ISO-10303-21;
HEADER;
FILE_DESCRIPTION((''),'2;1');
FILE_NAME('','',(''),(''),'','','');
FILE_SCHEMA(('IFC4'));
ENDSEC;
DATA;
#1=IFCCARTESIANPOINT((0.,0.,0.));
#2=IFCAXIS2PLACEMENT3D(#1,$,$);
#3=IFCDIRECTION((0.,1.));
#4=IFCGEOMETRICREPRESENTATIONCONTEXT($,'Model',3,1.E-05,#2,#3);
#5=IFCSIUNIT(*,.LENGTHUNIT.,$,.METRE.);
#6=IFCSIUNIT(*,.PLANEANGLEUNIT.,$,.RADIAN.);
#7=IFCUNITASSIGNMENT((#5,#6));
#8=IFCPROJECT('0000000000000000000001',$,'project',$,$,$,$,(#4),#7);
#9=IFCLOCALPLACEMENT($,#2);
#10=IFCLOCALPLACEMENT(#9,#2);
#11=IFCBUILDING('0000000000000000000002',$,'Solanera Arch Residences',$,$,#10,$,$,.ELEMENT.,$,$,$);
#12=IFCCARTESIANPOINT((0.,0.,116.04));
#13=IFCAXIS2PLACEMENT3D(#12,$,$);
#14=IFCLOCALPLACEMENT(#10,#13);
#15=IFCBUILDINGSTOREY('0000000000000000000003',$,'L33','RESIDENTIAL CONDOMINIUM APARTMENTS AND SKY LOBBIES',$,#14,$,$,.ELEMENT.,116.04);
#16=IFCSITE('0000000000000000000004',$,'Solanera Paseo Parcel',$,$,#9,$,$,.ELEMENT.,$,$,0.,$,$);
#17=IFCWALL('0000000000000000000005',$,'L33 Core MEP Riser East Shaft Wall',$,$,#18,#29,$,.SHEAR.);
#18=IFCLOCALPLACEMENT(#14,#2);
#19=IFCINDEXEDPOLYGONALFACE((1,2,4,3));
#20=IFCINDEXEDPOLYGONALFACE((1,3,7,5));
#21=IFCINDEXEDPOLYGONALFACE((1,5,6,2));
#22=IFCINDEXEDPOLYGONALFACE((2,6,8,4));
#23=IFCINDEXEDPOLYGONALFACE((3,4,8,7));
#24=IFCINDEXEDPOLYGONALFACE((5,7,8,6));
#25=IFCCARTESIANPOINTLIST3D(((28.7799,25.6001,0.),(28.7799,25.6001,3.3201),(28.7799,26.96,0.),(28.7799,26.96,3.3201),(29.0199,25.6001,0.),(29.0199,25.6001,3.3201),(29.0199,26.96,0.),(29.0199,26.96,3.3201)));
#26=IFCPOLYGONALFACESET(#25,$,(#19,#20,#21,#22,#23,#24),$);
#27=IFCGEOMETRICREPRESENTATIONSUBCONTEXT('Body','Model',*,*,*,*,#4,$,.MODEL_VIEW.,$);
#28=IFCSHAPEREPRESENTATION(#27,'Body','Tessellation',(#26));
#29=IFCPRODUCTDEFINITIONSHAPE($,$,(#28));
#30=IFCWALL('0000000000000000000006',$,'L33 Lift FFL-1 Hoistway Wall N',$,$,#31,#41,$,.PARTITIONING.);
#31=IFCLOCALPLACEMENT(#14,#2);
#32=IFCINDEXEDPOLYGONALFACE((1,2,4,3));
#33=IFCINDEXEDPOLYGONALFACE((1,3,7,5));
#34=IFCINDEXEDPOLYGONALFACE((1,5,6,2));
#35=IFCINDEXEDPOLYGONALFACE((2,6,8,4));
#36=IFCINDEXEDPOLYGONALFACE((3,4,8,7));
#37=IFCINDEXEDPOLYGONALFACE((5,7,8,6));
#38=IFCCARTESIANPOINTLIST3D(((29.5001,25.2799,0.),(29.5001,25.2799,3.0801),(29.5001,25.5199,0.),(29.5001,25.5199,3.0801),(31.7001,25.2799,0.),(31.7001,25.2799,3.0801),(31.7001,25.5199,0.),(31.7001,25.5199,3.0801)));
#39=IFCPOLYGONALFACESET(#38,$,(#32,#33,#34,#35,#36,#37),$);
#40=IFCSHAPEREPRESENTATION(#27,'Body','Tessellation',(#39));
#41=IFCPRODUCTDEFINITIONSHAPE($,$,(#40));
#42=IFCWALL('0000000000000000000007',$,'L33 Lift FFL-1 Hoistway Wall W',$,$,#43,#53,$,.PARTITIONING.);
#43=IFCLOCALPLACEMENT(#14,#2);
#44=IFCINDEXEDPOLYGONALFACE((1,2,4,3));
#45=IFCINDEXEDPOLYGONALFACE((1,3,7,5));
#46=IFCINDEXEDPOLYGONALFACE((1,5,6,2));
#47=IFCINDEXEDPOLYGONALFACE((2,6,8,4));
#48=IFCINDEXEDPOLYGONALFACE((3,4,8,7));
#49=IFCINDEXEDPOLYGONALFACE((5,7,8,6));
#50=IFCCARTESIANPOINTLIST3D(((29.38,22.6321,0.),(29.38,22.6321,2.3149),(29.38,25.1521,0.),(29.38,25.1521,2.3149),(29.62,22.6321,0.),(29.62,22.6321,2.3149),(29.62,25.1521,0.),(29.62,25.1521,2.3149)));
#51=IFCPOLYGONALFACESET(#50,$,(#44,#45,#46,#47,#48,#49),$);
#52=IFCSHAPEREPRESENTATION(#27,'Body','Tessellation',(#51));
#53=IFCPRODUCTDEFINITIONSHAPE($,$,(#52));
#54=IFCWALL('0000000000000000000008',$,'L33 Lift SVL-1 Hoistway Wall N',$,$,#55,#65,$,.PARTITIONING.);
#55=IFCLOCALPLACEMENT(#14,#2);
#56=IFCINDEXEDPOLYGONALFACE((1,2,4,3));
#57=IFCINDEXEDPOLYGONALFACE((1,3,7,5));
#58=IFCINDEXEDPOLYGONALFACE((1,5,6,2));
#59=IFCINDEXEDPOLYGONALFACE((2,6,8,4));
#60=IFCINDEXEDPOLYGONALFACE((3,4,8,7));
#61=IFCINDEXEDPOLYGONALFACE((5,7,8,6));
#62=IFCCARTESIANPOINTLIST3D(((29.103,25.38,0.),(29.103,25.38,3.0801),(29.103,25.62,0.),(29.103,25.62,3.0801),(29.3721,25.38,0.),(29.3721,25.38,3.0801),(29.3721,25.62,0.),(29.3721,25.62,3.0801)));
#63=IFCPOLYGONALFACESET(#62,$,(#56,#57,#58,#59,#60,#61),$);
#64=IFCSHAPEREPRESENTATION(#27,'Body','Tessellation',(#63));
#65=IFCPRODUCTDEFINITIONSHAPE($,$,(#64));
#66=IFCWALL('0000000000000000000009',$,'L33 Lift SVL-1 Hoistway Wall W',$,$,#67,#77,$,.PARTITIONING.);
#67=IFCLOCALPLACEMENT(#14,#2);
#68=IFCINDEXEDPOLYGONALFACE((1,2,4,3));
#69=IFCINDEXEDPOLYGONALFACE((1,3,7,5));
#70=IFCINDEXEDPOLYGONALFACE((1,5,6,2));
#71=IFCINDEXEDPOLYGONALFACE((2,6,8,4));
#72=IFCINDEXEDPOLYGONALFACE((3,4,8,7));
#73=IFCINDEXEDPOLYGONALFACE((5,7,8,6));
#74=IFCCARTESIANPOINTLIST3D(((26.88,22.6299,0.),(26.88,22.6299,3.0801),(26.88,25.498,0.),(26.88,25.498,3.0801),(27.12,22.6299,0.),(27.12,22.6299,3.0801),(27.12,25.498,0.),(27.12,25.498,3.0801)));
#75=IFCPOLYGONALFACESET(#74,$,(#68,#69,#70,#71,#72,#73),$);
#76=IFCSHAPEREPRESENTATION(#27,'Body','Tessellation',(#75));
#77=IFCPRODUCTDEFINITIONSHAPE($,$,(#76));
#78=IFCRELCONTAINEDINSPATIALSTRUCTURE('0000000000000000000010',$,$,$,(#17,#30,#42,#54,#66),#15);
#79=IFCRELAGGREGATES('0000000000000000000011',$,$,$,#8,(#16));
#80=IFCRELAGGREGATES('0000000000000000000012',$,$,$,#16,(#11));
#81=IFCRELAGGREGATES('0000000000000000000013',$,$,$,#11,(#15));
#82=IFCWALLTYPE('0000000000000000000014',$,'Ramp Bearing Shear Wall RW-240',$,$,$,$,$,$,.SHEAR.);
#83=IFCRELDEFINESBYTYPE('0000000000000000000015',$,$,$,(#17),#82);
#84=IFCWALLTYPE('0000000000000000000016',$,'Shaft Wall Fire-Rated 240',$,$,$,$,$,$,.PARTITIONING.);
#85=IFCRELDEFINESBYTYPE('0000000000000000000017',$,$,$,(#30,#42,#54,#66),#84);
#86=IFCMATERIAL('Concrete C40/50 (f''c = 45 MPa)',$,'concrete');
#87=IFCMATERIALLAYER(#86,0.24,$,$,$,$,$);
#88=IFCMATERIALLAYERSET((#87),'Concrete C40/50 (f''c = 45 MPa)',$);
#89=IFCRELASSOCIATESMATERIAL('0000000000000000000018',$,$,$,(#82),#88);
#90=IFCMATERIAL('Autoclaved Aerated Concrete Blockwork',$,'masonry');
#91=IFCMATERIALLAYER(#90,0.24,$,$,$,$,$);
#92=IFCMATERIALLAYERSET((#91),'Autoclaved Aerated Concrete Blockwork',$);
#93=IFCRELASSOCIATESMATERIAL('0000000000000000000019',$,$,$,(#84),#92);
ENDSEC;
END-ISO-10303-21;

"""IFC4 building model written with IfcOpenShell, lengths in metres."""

from ifc_helpers import new_model, si_unit, direction, frame, frame_2d, origin, place, context, subcontext, project, spatial, rectangle, extrude, material, layer, layer_set, type_object, element, save


model = new_model("IFC4")

# Units and contexts
model_context = context("Model", 3, precision=1e-05, world=origin(), true_north=direction((0.0, 1.0)))
body_context = subcontext(model_context, "Body", "Model", "MODEL_VIEW")
ifc_project = project(units=[si_unit("LENGTHUNIT", "METRE"), si_unit("PLANEANGLEUNIT", "RADIAN")], contexts=[model_context])

# Site, building, storey
site_placement = place(None, origin())
site = spatial("IfcSite", under=ifc_project, at=site_placement, Name="Solanera Paseo Parcel", CompositionType="ELEMENT", RefElevation=0.0)
building_placement = place(site_placement, origin())
building = spatial("IfcBuilding", under=site, at=building_placement, Name="Solanera Arch Residences", CompositionType="ELEMENT")
storey_placement = place(building_placement, frame((0.0, 0.0, 116.04)))
storey = spatial("IfcBuildingStorey", under=building, at=storey_placement, Name="L33", Description="RESIDENTIAL CONDOMINIUM APARTMENTS AND SKY LOBBIES", CompositionType="ELEMENT", Elevation=116.04)

# Walls
ifc_material_1 = material(Name="Concrete C40/50 (f'c = 45 MPa)", Category="concrete")
ifc_layer_1 = layer(ifc_material_1, 0.24)
ifc_layer_set_1 = layer_set([ifc_layer_1], Name="Concrete C40/50 (f'c = 45 MPa)")
wall_type_1 = type_object("IfcWallType", Name="Ramp Bearing Shear Wall RW-240", PredefinedType="SHEAR", material=ifc_layer_set_1)
for number, where, z_axis, x_axis, name in (
    (1, (28.8999, 25.6001, 0.0), (0.0, 0.0, 1.0), (0.0, 1.0, 0.0), "L33 Core MEP Riser East Shaft Wall"),
):
    element("IfcWall", number, at=place(storey_placement, frame(where, z_axis=z_axis, x_axis=x_axis)), inside=storey, type_object=wall_type_1, Name=name, PredefinedType="SHEAR", context=body_context, shape_type="SweptSolid", body=[
        extrude(rectangle(XDim=1.3599, YDim=0.24, at=frame_2d((0.6799, 0.0))), origin(), (0.0, 0.0, 1.0), 3.3201),
    ])
ifc_material_2 = material(Name="Autoclaved Aerated Concrete Blockwork", Category="masonry")
ifc_layer_2 = layer(ifc_material_2, 0.24)
ifc_layer_set_2 = layer_set([ifc_layer_2], Name="Autoclaved Aerated Concrete Blockwork")
wall_type_2 = type_object("IfcWallType", Name="Shaft Wall Fire-Rated 240", PredefinedType="PARTITIONING", material=ifc_layer_set_2)
wall_1_placement = place(storey_placement, frame((29.5, 25.3999, 0.0), z_axis=(0.0, 0.0, 1.0), x_axis=(1.0, 0.0, 0.0)))
element("IfcWall", 2, at=wall_1_placement, inside=storey, type_object=wall_type_2, Name="L33 Lift FFL-1 Hoistway Wall N", PredefinedType="PARTITIONING", context=body_context, shape_type="SweptSolid", body=[
    extrude(rectangle(XDim=2.2, YDim=0.24, at=frame_2d((1.1001, 0.0))), origin(), (0.0, 0.0, 1.0), 3.0801),
])
wall_2_placement = place(storey_placement, frame((29.5, 22.6321, 0.0), z_axis=(0.0, 0.0, 1.0), x_axis=(0.0, 1.0, 0.0)))
element("IfcWall", 3, at=wall_2_placement, inside=storey, type_object=wall_type_2, Name="L33 Lift FFL-1 Hoistway Wall W", PredefinedType="PARTITIONING", context=body_context, shape_type="SweptSolid", body=[
    extrude(rectangle(XDim=2.52, YDim=0.24, at=frame_2d((1.26, 0.0))), origin(), (0.0, 0.0, 1.0), 2.3149),
])
wall_3_placement = place(storey_placement, frame((29.103, 25.5, 0.0), z_axis=(0.0, 0.0, 1.0), x_axis=(1.0, 0.0, 0.0)))
element("IfcWall", 4, at=wall_3_placement, inside=storey, type_object=wall_type_2, Name="L33 Lift SVL-1 Hoistway Wall N", PredefinedType="PARTITIONING", context=body_context, shape_type="SweptSolid", body=[
    extrude(rectangle(XDim=0.269, YDim=0.24, at=frame_2d((0.1345, 0.0))), origin(), (0.0, 0.0, 1.0), 3.0801),
])
wall_4_placement = place(storey_placement, frame((27.0, 22.6299, 0.0), z_axis=(0.0, 0.0, 1.0), x_axis=(0.0, 1.0, 0.0)))
element("IfcWall", 5, at=wall_4_placement, inside=storey, type_object=wall_type_2, Name="L33 Lift SVL-1 Hoistway Wall W", PredefinedType="PARTITIONING", context=body_context, shape_type="SweptSolid", body=[
    extrude(rectangle(XDim=2.8682, YDim=0.24, at=frame_2d((1.4341, 0.0))), origin(), (0.0, 0.0, 1.0), 3.0801),
])

save(model, "model.ifc")
